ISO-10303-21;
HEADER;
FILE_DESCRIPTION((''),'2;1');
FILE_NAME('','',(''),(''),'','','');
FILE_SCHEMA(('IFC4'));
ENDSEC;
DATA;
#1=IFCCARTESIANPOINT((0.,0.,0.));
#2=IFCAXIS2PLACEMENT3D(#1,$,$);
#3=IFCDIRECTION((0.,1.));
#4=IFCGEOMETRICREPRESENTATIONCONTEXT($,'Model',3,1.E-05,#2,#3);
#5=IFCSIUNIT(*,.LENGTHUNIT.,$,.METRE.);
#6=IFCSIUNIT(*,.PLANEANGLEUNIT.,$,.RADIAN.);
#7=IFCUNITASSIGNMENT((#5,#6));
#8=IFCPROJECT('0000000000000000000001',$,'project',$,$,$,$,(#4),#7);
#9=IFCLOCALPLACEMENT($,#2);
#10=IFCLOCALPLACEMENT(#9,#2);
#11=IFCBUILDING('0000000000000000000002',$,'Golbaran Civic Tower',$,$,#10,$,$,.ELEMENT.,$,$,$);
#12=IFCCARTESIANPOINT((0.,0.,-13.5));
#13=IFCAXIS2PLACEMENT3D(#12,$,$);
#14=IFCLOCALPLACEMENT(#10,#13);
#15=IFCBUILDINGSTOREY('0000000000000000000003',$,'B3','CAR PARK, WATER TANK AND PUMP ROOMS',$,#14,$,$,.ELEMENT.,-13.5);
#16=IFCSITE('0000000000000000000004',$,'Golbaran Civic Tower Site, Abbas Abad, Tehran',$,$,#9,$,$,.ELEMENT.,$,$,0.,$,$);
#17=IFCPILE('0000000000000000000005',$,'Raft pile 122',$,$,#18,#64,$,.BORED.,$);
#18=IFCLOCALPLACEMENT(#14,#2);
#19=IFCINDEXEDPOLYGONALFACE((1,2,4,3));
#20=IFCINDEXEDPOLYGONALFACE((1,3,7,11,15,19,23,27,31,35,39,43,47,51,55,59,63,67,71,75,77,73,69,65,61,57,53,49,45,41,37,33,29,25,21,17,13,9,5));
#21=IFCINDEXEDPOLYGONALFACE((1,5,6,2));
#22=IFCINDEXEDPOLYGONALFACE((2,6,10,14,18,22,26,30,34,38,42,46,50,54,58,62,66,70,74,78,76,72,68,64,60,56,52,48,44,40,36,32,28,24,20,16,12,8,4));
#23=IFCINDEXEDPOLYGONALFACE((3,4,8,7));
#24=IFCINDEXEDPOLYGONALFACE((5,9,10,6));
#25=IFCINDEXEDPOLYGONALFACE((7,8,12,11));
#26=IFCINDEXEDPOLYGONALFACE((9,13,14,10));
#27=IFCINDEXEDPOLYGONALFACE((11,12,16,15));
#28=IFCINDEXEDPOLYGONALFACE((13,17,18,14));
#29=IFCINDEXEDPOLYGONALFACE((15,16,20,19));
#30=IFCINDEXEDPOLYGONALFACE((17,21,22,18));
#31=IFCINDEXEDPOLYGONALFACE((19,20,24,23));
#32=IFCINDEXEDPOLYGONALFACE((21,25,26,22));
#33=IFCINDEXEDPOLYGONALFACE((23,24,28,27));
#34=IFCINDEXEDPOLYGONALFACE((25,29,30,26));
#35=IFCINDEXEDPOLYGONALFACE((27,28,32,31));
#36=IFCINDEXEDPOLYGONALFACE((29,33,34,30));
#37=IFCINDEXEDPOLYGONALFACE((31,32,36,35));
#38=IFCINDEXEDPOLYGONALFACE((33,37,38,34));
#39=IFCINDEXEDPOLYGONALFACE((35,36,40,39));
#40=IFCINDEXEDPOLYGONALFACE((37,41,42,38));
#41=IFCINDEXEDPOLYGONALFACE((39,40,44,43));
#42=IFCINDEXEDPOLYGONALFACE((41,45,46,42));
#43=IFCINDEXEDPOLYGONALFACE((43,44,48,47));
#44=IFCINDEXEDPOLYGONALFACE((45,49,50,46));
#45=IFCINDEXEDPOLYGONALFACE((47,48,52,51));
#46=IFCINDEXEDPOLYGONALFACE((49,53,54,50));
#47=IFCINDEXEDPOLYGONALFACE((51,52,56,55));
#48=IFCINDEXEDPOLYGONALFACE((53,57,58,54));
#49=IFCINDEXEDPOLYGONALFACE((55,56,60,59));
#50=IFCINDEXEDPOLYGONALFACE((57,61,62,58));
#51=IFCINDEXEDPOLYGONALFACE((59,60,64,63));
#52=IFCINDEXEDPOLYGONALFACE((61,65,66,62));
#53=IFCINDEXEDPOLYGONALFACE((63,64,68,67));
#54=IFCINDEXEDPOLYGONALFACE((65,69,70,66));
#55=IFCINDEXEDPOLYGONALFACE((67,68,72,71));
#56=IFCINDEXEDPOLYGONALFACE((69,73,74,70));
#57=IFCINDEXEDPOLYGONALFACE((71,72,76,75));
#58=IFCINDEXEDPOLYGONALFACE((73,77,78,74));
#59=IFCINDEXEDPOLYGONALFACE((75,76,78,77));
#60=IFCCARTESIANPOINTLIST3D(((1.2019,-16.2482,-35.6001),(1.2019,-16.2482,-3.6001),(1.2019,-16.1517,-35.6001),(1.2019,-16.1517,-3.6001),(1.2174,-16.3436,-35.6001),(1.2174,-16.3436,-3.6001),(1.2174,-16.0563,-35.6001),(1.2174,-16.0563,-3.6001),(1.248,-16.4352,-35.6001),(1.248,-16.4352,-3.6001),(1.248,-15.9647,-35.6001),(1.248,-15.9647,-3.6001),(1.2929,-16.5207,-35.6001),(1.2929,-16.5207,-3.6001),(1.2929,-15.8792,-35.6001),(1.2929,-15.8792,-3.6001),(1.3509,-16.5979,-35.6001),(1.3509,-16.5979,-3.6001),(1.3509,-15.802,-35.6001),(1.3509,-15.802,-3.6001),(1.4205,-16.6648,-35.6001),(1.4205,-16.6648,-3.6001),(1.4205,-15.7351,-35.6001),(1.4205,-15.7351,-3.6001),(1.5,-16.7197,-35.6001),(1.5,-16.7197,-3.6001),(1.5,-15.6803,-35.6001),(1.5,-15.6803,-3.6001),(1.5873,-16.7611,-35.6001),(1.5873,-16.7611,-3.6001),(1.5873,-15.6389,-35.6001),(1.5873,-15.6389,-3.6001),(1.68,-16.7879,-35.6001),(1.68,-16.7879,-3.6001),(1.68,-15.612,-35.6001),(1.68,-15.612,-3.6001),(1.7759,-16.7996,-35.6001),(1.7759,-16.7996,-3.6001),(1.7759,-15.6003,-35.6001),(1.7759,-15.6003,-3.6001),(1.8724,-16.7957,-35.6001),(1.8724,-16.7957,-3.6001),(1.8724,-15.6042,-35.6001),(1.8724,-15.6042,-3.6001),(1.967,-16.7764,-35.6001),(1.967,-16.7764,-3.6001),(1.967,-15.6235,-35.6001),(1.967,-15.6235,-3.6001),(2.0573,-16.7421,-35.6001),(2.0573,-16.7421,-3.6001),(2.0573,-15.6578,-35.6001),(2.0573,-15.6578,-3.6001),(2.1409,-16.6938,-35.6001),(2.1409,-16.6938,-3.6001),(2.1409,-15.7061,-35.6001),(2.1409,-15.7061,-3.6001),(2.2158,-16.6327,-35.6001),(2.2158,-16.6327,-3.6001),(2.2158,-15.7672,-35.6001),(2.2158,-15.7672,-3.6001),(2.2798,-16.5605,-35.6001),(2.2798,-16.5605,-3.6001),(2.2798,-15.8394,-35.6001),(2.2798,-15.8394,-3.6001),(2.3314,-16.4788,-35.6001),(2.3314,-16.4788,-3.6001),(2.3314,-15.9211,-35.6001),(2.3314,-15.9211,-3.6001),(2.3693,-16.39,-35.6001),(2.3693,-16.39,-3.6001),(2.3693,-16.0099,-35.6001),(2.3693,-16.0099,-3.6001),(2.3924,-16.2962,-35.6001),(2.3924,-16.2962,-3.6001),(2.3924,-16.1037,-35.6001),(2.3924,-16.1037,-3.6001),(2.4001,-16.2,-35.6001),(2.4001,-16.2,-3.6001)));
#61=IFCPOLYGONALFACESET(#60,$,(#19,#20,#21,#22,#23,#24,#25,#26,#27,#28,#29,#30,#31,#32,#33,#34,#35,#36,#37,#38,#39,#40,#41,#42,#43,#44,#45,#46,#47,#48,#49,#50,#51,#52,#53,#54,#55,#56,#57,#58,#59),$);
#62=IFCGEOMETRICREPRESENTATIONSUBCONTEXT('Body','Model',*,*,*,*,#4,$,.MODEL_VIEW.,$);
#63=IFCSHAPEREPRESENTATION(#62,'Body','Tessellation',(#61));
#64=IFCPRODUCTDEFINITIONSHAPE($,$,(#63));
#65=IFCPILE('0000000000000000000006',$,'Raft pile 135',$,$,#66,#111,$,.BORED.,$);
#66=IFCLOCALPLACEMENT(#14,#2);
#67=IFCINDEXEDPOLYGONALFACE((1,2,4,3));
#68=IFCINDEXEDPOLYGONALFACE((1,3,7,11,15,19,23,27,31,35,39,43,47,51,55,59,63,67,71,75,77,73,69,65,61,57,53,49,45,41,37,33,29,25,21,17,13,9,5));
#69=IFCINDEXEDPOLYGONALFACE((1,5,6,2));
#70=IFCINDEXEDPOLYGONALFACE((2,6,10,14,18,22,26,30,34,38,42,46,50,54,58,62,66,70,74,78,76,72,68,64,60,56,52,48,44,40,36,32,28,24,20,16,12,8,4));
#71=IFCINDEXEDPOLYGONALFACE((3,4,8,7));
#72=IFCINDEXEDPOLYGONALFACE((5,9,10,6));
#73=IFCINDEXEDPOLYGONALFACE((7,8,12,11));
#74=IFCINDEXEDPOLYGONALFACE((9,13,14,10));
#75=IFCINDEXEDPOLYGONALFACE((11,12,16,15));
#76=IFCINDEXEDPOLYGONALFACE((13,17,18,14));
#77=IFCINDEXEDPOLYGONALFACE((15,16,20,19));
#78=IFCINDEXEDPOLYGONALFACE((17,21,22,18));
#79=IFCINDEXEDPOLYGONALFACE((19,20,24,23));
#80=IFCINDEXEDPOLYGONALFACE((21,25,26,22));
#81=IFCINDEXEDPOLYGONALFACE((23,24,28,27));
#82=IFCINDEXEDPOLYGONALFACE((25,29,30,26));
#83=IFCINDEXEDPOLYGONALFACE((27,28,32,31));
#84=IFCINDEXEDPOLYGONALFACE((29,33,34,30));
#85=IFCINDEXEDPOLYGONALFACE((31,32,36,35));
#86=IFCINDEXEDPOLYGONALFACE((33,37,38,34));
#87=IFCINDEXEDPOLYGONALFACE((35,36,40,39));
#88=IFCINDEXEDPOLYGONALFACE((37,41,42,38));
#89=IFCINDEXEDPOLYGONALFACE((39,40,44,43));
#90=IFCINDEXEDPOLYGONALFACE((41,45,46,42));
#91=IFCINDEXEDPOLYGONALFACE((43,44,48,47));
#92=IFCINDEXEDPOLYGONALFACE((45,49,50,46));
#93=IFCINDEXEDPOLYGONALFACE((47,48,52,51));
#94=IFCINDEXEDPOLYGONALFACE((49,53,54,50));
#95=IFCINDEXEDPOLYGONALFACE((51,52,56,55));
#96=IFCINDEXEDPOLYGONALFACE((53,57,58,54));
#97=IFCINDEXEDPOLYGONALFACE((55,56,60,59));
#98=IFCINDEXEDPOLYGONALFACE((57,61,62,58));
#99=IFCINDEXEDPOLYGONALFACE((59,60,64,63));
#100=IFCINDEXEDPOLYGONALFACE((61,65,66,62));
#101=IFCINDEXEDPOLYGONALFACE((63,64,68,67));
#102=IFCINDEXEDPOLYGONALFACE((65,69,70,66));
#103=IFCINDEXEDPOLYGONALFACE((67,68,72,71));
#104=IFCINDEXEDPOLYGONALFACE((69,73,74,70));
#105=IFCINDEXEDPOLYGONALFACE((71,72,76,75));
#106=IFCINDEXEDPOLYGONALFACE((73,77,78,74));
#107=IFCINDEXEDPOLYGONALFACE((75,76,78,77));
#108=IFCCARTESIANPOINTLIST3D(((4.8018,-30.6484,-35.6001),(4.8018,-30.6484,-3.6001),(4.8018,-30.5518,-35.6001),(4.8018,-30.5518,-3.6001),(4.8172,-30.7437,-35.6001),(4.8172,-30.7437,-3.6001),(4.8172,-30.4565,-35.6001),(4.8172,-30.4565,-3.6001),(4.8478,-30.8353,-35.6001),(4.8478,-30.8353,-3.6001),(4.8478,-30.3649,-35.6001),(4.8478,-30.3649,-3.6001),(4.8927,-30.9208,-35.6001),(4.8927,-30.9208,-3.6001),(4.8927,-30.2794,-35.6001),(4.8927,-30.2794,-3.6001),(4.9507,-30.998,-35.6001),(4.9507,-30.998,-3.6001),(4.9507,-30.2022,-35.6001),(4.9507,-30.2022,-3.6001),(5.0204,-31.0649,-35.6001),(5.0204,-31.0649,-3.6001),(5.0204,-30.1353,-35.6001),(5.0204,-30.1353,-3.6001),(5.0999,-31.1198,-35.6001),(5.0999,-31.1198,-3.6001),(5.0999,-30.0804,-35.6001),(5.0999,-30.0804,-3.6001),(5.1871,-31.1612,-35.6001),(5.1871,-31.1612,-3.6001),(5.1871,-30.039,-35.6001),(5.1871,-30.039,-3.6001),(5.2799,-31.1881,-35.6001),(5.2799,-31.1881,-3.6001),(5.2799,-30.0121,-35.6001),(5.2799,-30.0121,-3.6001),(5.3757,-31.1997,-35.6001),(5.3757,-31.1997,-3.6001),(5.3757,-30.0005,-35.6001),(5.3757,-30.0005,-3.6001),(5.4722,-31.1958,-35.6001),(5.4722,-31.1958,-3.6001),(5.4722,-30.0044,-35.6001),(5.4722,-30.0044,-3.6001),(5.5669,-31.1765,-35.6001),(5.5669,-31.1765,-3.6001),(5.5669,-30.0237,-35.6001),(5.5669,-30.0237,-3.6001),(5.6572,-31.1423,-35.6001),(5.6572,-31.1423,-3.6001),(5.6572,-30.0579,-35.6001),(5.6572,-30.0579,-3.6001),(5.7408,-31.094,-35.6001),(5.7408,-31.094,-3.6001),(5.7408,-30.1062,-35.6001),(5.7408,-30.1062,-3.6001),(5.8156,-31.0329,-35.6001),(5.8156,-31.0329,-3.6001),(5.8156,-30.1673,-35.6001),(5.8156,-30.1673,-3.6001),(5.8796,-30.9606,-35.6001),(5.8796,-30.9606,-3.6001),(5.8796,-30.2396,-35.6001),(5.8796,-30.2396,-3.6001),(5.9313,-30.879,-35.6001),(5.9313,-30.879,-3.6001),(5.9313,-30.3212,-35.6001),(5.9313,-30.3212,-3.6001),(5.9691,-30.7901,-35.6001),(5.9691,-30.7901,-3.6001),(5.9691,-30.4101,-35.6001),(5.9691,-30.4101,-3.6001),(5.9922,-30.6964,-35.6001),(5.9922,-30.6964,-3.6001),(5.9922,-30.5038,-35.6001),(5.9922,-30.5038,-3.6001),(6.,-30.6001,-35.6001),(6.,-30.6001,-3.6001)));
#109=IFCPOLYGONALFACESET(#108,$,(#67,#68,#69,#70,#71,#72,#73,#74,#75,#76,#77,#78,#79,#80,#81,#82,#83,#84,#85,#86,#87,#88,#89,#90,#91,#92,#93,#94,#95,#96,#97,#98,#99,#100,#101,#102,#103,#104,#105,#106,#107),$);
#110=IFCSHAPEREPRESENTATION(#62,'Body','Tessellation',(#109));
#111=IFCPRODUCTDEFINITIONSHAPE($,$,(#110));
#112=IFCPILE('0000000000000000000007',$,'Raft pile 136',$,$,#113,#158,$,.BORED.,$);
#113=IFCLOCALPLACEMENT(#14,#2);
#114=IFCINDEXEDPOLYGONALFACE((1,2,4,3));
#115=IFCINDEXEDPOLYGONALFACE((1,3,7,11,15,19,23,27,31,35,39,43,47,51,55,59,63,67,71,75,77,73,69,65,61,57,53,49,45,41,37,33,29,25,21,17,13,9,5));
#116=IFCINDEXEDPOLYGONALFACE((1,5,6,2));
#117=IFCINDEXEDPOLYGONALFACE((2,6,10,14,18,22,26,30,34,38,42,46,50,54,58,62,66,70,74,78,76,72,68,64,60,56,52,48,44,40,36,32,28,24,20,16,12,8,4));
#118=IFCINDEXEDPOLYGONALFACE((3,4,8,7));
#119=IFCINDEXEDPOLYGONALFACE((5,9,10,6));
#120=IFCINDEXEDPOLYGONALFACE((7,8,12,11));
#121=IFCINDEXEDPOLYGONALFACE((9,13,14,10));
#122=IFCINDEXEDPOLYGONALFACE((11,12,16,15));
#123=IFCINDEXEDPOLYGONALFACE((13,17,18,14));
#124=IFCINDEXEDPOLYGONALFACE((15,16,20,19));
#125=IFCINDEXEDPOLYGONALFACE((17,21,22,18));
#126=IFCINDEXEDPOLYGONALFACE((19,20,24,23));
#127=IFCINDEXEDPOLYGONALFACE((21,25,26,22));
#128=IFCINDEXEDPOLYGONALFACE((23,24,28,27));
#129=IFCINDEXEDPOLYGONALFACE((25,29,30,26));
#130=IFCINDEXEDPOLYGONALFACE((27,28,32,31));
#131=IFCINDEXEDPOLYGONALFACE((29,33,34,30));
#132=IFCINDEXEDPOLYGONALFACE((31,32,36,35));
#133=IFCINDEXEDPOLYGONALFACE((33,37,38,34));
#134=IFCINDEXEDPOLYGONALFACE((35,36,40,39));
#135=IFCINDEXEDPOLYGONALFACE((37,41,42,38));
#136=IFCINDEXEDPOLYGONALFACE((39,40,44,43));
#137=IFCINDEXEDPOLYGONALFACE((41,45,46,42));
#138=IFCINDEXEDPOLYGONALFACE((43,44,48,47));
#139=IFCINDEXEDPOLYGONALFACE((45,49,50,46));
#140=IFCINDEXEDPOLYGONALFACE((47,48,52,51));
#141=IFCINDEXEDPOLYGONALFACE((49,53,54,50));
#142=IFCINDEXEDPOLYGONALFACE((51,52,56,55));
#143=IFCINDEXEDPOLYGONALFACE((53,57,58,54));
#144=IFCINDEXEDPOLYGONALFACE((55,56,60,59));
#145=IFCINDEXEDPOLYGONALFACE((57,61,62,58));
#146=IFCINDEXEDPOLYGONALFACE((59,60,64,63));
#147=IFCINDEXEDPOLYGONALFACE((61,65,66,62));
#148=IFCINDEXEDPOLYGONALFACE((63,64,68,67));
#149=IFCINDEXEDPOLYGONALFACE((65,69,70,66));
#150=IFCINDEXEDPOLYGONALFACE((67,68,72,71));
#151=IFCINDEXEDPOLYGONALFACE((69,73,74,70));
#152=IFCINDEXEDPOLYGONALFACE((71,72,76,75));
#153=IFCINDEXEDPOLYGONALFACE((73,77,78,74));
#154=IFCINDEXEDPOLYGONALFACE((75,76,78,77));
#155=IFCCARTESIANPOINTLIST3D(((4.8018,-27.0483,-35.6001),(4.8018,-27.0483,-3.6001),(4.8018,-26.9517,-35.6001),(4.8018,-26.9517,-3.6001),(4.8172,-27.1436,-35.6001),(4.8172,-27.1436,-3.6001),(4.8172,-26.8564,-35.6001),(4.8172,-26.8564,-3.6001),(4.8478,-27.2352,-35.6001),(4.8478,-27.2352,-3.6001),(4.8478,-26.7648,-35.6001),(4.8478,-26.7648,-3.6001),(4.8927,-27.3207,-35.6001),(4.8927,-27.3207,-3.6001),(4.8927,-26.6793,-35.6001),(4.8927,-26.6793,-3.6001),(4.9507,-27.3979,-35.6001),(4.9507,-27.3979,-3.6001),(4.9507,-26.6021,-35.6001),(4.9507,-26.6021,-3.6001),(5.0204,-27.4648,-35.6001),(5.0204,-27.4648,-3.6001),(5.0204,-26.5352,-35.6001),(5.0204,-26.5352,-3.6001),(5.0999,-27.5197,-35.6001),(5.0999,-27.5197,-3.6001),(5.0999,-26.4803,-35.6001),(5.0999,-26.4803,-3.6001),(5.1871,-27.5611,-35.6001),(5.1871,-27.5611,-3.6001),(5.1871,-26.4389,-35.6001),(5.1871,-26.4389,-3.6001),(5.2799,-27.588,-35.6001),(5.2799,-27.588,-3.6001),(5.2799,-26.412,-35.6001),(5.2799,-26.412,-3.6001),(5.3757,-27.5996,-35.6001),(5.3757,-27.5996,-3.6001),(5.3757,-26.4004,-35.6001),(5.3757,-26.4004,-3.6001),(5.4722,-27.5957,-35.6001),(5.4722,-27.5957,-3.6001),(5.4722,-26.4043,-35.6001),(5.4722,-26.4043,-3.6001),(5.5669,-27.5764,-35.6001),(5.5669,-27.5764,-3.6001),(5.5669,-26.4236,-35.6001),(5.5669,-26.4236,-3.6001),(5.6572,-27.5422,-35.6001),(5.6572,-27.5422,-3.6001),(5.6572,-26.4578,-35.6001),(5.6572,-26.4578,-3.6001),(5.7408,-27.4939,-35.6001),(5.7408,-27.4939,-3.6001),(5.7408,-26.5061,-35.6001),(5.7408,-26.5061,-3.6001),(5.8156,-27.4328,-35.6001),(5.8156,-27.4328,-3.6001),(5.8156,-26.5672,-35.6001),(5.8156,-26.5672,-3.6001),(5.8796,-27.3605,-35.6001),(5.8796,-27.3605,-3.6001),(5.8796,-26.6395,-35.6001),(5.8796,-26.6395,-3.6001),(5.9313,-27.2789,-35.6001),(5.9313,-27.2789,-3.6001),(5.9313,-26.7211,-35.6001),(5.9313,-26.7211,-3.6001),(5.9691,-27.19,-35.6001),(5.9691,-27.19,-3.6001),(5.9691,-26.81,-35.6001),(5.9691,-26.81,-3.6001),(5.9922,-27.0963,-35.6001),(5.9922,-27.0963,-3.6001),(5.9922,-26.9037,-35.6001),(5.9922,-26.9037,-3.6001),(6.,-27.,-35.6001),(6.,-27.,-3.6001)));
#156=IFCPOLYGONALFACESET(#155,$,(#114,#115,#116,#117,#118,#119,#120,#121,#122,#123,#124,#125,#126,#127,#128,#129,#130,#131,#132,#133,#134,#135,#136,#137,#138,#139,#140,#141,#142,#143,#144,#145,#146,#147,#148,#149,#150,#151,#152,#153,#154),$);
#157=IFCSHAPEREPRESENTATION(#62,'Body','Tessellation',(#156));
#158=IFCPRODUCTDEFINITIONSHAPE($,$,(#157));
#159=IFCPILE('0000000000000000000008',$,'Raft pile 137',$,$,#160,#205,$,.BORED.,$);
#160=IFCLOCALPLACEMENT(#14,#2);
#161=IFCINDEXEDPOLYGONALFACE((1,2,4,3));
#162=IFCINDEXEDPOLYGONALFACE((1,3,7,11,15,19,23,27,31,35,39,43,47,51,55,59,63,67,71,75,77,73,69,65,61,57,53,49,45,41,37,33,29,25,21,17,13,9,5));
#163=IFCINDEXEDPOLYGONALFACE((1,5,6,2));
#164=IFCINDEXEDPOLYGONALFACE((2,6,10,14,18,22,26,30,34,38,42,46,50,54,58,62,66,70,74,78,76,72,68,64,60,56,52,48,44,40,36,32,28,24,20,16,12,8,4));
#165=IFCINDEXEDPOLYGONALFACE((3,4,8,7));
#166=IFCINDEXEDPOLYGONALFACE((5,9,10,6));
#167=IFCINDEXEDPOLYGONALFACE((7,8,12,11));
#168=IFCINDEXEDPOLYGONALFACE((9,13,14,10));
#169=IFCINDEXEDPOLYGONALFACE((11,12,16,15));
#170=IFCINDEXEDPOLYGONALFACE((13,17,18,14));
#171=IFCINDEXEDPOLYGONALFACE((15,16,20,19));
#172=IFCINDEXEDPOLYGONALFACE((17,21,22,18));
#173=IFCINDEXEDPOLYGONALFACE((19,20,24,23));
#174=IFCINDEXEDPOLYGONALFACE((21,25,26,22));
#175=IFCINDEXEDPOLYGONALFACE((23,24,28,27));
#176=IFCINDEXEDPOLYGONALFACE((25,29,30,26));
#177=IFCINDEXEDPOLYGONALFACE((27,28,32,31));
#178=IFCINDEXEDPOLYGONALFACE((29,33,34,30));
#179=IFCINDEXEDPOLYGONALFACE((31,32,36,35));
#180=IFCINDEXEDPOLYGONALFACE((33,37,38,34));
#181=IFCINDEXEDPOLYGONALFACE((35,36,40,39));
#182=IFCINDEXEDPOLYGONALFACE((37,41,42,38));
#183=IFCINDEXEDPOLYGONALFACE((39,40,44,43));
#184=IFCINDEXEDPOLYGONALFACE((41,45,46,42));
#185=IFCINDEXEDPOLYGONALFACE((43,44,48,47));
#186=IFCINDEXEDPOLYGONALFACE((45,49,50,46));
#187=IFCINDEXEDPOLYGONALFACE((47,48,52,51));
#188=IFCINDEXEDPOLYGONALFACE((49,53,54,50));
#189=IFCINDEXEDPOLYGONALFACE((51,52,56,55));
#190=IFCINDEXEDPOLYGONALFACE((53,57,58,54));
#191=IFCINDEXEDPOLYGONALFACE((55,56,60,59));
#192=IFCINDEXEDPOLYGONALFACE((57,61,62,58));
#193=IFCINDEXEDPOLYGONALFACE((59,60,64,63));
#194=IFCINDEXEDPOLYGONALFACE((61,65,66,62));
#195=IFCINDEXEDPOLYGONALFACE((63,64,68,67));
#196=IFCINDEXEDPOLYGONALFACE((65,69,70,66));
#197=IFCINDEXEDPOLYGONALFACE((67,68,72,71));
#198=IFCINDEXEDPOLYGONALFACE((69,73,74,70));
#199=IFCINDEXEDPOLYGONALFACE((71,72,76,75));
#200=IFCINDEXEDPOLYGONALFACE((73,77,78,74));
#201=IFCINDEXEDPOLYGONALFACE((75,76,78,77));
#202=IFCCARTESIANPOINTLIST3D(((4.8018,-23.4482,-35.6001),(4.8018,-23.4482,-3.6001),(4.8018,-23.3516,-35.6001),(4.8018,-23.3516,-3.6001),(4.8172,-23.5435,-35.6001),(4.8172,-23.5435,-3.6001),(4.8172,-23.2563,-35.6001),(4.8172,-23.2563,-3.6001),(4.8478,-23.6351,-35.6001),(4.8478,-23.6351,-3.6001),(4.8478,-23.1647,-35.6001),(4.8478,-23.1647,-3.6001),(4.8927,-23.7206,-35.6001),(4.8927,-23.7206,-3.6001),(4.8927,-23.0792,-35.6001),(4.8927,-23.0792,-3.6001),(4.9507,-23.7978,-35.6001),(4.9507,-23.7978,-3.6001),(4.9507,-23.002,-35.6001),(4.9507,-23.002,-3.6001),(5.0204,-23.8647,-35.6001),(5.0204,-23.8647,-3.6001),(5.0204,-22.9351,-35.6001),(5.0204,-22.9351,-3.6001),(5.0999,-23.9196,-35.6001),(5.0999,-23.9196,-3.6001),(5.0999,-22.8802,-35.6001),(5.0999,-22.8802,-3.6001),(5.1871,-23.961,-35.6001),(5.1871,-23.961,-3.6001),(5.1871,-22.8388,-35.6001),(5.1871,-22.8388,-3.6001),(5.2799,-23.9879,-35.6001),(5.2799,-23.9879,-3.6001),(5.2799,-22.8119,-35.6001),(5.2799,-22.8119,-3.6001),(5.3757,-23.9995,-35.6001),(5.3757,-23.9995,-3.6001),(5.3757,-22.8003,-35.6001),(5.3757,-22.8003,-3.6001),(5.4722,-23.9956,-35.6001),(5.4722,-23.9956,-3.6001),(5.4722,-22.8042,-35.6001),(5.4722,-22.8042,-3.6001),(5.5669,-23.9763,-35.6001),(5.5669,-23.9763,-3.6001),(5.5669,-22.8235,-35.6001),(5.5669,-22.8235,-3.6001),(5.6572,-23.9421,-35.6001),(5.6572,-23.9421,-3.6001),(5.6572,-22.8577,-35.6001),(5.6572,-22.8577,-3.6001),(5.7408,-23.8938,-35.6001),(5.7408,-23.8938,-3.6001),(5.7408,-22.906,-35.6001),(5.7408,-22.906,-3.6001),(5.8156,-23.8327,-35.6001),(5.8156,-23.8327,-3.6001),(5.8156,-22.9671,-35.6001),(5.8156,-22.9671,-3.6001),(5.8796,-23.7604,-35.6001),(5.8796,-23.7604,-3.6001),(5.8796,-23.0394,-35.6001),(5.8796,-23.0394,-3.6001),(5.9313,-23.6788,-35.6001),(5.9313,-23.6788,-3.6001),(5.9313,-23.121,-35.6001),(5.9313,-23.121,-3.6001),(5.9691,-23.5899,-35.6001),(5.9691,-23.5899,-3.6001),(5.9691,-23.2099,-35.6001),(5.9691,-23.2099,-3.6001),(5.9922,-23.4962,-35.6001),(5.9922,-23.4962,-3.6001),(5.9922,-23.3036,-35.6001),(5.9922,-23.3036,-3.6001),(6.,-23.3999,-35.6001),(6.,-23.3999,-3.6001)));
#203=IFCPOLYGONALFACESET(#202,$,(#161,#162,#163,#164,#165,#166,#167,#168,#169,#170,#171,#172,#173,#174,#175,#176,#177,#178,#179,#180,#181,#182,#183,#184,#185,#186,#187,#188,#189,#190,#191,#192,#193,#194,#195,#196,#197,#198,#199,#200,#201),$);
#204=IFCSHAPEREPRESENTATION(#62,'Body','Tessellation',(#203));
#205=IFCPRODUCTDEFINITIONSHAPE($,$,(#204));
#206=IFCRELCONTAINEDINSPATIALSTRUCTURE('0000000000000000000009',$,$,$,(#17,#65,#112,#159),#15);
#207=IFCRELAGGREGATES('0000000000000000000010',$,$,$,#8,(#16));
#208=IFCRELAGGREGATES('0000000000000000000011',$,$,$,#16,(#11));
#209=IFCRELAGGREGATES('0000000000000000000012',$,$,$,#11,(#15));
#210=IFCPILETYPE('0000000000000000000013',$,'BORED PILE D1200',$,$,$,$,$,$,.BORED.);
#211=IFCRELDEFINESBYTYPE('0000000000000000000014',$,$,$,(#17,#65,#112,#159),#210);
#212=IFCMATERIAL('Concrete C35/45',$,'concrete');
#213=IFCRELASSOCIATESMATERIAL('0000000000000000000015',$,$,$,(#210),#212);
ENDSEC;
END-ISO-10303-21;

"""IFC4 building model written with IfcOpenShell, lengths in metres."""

from ifc_helpers import new_model, si_unit, direction, frame, origin, origin_2d, place, context, subcontext, project, spatial, circle, extrude, material, material_profile, profile_set, type_object, element, save


model = new_model("IFC4")

# Units and contexts
model_context = context("Model", 3, precision=1e-05, world=origin(), true_north=direction((0.0, 1.0)))
body_context = subcontext(model_context, "Body", "Model", "MODEL_VIEW")
ifc_project = project(units=[si_unit("LENGTHUNIT", "METRE"), si_unit("PLANEANGLEUNIT", "RADIAN")], contexts=[model_context])

# Site, building, storey
site_placement = place(None, origin())
site = spatial("IfcSite", under=ifc_project, at=site_placement, Name="Golbaran Civic Tower Site, Abbas Abad, Tehran", CompositionType="ELEMENT", RefElevation=0.0)
building_placement = place(site_placement, origin())
building = spatial("IfcBuilding", under=site, at=building_placement, Name="Golbaran Civic Tower", CompositionType="ELEMENT")
storey_placement = place(building_placement, frame((0.0, 0.0, -13.5)))
storey = spatial("IfcBuildingStorey", under=building, at=storey_placement, Name="B3", Description="CAR PARK, WATER TANK AND PUMP ROOMS", CompositionType="ELEMENT", Elevation=-13.5)

# Piles
ifc_material_1 = material(Name="Concrete C35/45", Category="concrete")
ifc_material_profile_1 = material_profile(ifc_material_1, circle(Radius=0.6001, at=origin_2d()), Name="BORED PILE D1200")
ifc_profile_set_1 = profile_set([ifc_material_profile_1], Name="Concrete C35/45")
pile_type_1 = type_object("IfcPileType", Name="BORED PILE D1200", PredefinedType="BORED", material=ifc_profile_set_1)
for number, where, z_axis, x_axis, name in (
    (1, (1.8, -16.2, -3.6001), (0.0, 0.0, -1.0), (1.0, 0.0, 0.0), "Raft pile 122"),
    (2, (5.3999, -30.6001, -3.6001), (0.0, 0.0, -1.0), (1.0, 0.0, 0.0), "Raft pile 135"),
    (3, (5.3999, -27.0, -3.6001), (0.0, 0.0, -1.0), (1.0, 0.0, 0.0), "Raft pile 136"),
    (4, (5.3999, -23.3999, -3.6001), (0.0, 0.0, -1.0), (1.0, 0.0, 0.0), "Raft pile 137"),
):
    element("IfcPile", number, at=place(storey_placement, frame(where, z_axis=z_axis, x_axis=x_axis)), inside=storey, type_object=pile_type_1, Name=name, PredefinedType="BORED", context=body_context, shape_type="SweptSolid", body=[
        extrude(circle(Radius=0.6001, at=origin_2d()), origin(), (0.0, 0.0, 1.0), 32.0),
    ])

save(model, "model.ifc")
